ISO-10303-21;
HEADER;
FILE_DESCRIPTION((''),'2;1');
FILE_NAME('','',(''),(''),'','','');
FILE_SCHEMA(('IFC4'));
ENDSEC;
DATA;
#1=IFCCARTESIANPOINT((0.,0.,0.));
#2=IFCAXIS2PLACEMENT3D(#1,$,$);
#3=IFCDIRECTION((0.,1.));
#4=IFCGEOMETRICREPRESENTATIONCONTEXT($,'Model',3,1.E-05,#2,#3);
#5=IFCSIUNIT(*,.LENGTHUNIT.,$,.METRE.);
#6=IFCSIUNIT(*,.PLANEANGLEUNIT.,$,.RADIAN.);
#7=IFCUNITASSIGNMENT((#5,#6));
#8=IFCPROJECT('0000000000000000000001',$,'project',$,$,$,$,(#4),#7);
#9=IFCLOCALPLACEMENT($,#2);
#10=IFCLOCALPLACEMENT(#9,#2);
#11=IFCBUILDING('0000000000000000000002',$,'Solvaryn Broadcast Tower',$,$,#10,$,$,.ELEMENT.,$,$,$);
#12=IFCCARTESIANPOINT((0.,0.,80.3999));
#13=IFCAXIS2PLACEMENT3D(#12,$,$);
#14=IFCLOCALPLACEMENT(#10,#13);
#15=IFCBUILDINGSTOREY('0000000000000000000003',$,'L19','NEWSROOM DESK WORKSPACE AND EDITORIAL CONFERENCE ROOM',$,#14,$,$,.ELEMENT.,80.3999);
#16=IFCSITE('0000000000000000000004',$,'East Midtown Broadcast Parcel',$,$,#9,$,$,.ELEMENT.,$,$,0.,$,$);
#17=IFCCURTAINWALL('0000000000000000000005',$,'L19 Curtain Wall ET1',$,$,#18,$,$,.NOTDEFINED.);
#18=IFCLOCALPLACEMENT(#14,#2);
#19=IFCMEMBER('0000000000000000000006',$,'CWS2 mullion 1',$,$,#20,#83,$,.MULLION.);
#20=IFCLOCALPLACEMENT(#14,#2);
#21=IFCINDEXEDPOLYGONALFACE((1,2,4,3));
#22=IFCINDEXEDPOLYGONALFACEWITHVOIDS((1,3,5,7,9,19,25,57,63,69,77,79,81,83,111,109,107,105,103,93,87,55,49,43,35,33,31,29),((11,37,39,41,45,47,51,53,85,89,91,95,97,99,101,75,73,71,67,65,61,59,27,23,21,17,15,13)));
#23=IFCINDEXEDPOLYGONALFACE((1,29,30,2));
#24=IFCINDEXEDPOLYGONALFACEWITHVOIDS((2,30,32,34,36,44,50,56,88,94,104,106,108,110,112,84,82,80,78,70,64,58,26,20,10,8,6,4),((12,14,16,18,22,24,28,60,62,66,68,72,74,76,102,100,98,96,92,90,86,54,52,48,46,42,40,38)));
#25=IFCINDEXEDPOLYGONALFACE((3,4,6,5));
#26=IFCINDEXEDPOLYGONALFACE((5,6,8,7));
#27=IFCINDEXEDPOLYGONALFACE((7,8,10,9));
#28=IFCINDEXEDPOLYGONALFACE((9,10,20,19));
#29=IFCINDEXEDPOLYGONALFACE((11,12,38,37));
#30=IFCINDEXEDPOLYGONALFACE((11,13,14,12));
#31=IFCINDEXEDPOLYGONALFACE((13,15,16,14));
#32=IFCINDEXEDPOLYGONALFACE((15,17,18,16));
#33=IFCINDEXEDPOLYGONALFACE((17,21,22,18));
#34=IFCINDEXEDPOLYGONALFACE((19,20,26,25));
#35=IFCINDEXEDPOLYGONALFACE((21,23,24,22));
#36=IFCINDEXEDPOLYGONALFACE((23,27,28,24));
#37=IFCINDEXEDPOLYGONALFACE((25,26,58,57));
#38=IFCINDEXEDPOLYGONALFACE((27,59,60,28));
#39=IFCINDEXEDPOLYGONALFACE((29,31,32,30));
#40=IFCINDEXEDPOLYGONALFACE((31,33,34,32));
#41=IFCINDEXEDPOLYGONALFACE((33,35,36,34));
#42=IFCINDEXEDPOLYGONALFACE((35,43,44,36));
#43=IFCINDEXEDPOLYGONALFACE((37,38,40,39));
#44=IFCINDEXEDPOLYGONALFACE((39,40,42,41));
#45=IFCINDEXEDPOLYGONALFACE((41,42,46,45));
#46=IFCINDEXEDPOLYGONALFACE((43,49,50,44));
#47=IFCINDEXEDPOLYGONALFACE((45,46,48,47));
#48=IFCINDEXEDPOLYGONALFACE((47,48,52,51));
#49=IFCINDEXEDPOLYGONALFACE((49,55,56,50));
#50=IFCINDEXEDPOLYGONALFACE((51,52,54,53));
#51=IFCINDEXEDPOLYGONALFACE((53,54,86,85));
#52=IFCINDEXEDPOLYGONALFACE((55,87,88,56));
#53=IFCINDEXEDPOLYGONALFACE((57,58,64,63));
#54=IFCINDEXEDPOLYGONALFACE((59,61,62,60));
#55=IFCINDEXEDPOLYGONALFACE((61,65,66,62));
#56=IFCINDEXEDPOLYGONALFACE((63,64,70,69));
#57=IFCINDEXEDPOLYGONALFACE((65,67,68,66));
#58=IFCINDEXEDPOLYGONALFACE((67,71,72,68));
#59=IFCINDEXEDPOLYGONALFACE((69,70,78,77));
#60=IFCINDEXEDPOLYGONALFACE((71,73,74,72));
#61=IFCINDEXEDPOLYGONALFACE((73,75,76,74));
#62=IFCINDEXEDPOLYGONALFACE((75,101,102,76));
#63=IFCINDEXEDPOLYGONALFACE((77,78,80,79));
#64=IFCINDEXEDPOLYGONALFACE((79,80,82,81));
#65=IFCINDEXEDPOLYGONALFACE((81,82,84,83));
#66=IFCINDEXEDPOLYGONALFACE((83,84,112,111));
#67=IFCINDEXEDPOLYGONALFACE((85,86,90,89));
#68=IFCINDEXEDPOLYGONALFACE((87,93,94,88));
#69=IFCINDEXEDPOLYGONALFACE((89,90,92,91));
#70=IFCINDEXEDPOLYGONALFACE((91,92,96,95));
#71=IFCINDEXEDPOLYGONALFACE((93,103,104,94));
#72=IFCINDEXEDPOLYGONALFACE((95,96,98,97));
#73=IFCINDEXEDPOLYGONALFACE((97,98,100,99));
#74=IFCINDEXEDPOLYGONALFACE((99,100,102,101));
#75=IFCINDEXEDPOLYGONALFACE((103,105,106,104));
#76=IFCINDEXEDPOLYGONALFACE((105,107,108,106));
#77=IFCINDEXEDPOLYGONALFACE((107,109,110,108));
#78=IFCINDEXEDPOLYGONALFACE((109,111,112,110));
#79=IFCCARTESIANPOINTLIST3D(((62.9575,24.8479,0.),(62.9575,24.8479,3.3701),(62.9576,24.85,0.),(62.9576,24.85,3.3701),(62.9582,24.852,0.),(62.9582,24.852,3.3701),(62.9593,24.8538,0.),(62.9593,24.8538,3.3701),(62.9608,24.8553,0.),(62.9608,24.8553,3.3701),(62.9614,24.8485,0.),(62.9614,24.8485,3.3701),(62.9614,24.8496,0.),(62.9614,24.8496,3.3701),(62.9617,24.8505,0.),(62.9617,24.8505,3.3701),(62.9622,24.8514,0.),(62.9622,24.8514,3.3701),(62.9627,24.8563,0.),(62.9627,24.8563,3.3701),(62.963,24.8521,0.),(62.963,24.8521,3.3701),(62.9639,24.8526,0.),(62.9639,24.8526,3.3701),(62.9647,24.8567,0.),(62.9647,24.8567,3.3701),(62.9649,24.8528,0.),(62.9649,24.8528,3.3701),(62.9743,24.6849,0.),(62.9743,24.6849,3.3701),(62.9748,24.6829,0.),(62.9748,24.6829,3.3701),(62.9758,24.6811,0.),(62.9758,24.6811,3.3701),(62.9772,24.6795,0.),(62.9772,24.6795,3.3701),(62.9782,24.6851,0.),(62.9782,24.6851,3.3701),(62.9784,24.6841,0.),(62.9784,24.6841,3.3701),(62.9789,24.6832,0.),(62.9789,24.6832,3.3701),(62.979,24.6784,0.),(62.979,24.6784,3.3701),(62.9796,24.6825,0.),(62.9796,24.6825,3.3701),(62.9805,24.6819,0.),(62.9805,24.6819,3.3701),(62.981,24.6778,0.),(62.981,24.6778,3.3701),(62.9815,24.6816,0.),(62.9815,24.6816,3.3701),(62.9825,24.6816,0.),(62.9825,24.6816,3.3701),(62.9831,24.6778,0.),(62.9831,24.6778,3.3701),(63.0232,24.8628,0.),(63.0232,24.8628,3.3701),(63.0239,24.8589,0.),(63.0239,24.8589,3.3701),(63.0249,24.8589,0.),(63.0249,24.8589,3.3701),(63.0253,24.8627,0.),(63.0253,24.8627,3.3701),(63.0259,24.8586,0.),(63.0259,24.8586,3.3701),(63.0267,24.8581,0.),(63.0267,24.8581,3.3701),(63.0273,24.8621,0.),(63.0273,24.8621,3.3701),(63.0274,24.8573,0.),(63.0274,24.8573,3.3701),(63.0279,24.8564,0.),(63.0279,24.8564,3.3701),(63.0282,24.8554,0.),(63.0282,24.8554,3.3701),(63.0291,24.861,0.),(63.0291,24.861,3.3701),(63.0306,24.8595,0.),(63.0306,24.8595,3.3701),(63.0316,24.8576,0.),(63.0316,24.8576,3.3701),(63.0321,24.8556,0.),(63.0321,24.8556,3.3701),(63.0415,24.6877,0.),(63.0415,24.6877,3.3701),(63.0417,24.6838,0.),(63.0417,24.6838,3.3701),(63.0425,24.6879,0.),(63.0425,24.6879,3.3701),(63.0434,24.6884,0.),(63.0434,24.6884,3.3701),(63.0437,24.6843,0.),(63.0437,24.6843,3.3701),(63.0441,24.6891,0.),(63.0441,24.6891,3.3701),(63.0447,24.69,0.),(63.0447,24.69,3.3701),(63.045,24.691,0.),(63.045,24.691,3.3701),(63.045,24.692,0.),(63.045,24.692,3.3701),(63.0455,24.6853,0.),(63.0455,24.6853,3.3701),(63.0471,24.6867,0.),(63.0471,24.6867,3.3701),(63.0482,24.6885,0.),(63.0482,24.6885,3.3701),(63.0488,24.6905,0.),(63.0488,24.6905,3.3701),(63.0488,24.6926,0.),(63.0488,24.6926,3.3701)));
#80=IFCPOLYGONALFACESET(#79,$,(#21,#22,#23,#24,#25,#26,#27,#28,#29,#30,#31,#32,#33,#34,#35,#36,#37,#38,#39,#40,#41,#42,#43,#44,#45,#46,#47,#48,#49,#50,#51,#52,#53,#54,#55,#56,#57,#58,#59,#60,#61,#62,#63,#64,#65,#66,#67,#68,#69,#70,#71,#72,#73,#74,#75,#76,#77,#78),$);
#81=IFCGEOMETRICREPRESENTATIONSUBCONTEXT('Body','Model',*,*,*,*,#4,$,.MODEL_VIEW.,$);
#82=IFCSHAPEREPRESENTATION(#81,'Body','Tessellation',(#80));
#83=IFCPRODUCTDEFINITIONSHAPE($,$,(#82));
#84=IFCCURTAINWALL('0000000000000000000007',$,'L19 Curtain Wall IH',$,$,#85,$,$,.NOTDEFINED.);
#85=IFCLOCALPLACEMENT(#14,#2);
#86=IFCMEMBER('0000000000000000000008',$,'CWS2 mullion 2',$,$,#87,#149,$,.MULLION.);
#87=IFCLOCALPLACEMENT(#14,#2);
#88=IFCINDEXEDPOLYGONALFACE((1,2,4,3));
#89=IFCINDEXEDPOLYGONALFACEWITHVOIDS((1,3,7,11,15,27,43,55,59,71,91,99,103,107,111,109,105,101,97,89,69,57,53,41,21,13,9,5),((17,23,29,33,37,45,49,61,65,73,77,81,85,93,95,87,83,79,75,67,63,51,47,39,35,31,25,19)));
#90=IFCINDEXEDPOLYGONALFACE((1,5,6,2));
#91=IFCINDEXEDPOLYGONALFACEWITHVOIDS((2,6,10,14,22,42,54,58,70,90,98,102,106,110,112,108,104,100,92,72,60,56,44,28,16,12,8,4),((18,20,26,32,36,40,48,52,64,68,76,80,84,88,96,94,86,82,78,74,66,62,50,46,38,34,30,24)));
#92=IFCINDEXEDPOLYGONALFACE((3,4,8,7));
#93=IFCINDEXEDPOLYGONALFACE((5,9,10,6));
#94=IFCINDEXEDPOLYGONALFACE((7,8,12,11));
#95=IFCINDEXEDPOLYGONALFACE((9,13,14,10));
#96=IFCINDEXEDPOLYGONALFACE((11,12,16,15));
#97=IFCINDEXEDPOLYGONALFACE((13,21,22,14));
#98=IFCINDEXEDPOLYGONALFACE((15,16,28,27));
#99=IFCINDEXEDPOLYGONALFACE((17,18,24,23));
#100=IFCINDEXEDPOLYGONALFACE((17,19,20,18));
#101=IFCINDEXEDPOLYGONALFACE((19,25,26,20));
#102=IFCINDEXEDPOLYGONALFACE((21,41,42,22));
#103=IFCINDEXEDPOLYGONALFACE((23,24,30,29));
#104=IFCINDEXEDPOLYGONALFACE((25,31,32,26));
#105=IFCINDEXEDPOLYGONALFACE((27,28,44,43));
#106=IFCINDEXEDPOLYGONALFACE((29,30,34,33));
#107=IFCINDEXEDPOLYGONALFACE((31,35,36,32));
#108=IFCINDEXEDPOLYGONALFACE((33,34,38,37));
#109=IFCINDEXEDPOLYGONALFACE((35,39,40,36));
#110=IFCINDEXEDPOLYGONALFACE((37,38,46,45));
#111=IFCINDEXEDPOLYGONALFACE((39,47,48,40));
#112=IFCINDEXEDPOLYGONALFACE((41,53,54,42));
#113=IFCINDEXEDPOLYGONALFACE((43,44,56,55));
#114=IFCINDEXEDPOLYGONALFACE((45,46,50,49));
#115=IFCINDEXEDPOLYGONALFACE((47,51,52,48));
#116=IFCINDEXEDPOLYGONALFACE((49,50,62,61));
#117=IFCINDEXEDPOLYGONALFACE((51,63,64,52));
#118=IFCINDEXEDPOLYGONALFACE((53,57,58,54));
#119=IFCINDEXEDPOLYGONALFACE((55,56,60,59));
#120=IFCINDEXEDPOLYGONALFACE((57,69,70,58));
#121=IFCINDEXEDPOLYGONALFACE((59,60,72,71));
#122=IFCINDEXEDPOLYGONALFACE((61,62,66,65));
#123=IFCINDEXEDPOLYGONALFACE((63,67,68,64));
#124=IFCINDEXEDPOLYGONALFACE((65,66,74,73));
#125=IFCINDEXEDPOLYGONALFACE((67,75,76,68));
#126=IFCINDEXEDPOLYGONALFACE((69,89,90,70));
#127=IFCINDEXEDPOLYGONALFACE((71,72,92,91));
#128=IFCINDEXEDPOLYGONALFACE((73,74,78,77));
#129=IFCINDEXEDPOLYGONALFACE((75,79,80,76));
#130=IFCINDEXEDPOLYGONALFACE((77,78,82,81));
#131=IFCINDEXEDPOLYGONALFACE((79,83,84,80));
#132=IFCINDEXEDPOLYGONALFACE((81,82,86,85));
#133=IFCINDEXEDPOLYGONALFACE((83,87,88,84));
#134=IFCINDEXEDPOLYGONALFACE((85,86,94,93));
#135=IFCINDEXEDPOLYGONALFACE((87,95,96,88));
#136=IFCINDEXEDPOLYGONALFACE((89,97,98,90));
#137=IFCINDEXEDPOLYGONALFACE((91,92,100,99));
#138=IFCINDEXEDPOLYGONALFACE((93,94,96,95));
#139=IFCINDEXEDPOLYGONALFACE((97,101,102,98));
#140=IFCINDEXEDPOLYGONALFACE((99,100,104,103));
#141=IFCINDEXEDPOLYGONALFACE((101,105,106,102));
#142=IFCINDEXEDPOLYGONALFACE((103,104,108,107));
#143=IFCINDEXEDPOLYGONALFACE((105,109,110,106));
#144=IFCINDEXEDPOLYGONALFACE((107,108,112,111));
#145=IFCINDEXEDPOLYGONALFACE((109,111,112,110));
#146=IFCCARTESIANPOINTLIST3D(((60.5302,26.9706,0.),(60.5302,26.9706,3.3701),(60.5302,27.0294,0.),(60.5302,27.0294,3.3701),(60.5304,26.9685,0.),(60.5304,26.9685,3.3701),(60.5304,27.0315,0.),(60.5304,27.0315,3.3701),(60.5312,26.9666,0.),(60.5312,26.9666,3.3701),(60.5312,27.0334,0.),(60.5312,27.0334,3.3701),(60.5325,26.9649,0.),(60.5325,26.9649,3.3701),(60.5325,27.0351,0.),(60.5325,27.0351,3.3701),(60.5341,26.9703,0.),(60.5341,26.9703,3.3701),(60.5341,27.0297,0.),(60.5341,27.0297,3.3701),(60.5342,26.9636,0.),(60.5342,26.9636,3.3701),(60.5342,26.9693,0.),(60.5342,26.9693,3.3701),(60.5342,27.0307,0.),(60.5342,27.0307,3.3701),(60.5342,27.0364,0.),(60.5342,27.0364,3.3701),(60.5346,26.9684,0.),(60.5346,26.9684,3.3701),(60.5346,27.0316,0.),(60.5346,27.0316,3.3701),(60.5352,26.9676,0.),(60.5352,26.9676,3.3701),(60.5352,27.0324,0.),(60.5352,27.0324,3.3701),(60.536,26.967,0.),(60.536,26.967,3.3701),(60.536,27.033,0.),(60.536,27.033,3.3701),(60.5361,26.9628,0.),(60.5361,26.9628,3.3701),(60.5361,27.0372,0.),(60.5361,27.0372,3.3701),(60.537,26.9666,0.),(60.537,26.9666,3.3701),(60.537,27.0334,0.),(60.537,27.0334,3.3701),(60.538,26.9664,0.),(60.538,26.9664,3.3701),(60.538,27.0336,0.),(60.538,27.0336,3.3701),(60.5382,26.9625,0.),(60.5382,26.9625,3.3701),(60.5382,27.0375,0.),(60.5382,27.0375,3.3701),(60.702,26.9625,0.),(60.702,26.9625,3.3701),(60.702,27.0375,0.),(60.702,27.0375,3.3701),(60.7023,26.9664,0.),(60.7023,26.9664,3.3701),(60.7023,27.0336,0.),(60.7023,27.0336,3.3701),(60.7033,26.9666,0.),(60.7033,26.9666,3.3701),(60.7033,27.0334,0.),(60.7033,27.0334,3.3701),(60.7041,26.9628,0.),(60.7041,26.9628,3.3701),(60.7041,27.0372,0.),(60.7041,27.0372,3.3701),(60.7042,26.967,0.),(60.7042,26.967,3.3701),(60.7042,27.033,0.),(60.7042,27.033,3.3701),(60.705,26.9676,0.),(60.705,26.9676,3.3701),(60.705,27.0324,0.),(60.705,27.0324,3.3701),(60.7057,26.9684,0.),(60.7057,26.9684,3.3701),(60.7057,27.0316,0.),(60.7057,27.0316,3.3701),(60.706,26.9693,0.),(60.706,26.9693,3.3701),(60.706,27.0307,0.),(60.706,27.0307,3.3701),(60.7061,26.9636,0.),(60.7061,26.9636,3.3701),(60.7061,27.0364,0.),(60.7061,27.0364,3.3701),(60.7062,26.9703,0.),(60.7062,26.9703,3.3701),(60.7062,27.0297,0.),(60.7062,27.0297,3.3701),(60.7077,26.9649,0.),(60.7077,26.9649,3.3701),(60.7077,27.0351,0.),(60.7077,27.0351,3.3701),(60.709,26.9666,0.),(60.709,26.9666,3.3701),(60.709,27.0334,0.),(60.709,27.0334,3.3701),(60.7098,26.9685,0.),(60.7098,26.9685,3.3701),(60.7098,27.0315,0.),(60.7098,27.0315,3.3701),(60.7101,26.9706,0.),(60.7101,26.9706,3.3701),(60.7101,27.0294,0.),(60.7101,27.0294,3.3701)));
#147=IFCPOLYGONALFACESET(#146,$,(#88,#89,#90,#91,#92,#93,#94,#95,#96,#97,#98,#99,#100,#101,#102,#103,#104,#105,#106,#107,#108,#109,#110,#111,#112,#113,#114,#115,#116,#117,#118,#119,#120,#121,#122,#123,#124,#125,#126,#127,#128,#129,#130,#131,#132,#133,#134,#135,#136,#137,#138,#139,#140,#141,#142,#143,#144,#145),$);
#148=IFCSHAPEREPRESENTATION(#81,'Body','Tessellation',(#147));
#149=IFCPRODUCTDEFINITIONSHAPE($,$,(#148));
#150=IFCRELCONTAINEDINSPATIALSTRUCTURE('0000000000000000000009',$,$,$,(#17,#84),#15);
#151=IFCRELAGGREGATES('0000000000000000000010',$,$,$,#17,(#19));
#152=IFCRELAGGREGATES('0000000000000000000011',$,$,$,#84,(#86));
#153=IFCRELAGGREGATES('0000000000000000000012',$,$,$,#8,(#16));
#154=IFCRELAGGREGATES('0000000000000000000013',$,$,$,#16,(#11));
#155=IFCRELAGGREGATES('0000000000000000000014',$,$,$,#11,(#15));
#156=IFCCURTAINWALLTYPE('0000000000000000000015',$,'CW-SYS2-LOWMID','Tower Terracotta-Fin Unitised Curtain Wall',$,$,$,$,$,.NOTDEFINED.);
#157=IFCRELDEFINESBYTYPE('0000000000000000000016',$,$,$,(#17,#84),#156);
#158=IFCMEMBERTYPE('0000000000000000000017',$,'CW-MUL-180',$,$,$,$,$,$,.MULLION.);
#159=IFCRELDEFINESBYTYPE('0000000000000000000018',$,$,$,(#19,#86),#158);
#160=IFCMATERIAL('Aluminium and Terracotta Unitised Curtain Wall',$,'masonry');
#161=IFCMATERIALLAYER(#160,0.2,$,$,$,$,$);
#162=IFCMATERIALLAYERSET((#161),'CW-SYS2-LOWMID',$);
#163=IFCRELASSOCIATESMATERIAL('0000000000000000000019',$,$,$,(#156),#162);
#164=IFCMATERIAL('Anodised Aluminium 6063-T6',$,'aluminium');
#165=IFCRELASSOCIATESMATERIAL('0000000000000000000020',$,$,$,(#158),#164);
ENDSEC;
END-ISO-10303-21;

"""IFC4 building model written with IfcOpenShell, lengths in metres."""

from ifc_helpers import new_model, si_unit, direction, frame, origin, origin_2d, place, context, subcontext, project, spatial, hollow_rectangle, extrude, material, layer, layer_set, material_profile, profile_set, type_object, element, aggregate, save


model = new_model("IFC4")

# Units and contexts
model_context = context("Model", 3, precision=1e-05, world=origin(), true_north=direction((0.0, 1.0)))
body_context = subcontext(model_context, "Body", "Model", "MODEL_VIEW")
ifc_project = project(units=[si_unit("LENGTHUNIT", "METRE"), si_unit("PLANEANGLEUNIT", "RADIAN")], contexts=[model_context])

# Site, building, storey
site_placement = place(None, origin())
site = spatial("IfcSite", under=ifc_project, at=site_placement, Name="East Midtown Broadcast Parcel", CompositionType="ELEMENT", RefElevation=0.0)
building_placement = place(site_placement, origin())
building = spatial("IfcBuilding", under=site, at=building_placement, Name="Solvaryn Broadcast Tower", CompositionType="ELEMENT")
storey_placement = place(building_placement, frame((0.0, 0.0, 80.3999)))
storey = spatial("IfcBuildingStorey", under=building, at=storey_placement, Name="L19", Description="NEWSROOM DESK WORKSPACE AND EDITORIAL CONFERENCE ROOM", CompositionType="ELEMENT", Elevation=80.3999)

# Curtain walls, members
ifc_material_1 = material(Name="Aluminium and Terracotta Unitised Curtain Wall", Category="masonry")
ifc_layer_1 = layer(ifc_material_1, 0.2)
ifc_layer_set_1 = layer_set([ifc_layer_1], Name="CW-SYS2-LOWMID")
curtain_wall_type = type_object("IfcCurtainWallType", Name="CW-SYS2-LOWMID", Description="Tower Terracotta-Fin Unitised Curtain Wall", PredefinedType="NOTDEFINED", material=ifc_layer_set_1)
curtain_wall_1_placement = place(storey_placement, origin())
curtain_wall_1 = element("IfcCurtainWall", 1, at=curtain_wall_1_placement, inside=storey, type_object=curtain_wall_type, Name="L19 Curtain Wall ET1", PredefinedType="NOTDEFINED")
ifc_material_2 = material(Name="Anodised Aluminium 6063-T6", Category="aluminium")
ifc_material_profile_1 = material_profile(ifc_material_2, hollow_rectangle(XDim=0.075, YDim=0.1799, WallThickness=0.0039, InnerFilletRadius=0.0039, OuterFilletRadius=0.0081, at=origin_2d()))
ifc_profile_set_1 = profile_set([ifc_material_profile_1], Name="Anodised Aluminium 6063-T6")
member_type_1 = type_object("IfcMemberType", Name="CW-MUL-180", PredefinedType="MULLION", material=ifc_profile_set_1)
member_1_placement = place(storey_placement, frame((63.0032, 24.7703, 0.0), z_axis=(0.0, 0.0, 1.0), x_axis=(0.994743, 0.1024, 0.0)))
member_1 = element("IfcMember", 2, at=member_1_placement, type_object=member_type_1, Name="CWS2 mullion 1", PredefinedType="MULLION", context=body_context, shape_type="SweptSolid", body=[
    extrude(hollow_rectangle(XDim=0.075, YDim=0.1799, WallThickness=0.0039, InnerFilletRadius=0.0039, OuterFilletRadius=0.0081, at=origin_2d()), origin(), (0.0, 0.0, 1.0), 3.3701),
])
curtain_wall_2_placement = place(storey_placement, origin())
curtain_wall_2 = element("IfcCurtainWall", 3, at=curtain_wall_2_placement, inside=storey, type_object=curtain_wall_type, Name="L19 Curtain Wall IH", PredefinedType="NOTDEFINED")
member_2_placement = place(storey_placement, frame((60.6201, 27.0, 0.0), z_axis=(0.0, 0.0, 1.0), x_axis=(0.0, 1.0, 0.0)))
member_2 = element("IfcMember", 4, at=member_2_placement, type_object=member_type_1, Name="CWS2 mullion 2", PredefinedType="MULLION", context=body_context, shape_type="SweptSolid", body=[
    extrude(hollow_rectangle(XDim=0.075, YDim=0.1799, WallThickness=0.0039, InnerFilletRadius=0.0039, OuterFilletRadius=0.0081, at=origin_2d()), origin(), (0.0, 0.0, 1.0), 3.3701),
])

aggregate(curtain_wall_1, [member_1])
aggregate(curtain_wall_2, [member_2])

save(model, "model.ifc")
